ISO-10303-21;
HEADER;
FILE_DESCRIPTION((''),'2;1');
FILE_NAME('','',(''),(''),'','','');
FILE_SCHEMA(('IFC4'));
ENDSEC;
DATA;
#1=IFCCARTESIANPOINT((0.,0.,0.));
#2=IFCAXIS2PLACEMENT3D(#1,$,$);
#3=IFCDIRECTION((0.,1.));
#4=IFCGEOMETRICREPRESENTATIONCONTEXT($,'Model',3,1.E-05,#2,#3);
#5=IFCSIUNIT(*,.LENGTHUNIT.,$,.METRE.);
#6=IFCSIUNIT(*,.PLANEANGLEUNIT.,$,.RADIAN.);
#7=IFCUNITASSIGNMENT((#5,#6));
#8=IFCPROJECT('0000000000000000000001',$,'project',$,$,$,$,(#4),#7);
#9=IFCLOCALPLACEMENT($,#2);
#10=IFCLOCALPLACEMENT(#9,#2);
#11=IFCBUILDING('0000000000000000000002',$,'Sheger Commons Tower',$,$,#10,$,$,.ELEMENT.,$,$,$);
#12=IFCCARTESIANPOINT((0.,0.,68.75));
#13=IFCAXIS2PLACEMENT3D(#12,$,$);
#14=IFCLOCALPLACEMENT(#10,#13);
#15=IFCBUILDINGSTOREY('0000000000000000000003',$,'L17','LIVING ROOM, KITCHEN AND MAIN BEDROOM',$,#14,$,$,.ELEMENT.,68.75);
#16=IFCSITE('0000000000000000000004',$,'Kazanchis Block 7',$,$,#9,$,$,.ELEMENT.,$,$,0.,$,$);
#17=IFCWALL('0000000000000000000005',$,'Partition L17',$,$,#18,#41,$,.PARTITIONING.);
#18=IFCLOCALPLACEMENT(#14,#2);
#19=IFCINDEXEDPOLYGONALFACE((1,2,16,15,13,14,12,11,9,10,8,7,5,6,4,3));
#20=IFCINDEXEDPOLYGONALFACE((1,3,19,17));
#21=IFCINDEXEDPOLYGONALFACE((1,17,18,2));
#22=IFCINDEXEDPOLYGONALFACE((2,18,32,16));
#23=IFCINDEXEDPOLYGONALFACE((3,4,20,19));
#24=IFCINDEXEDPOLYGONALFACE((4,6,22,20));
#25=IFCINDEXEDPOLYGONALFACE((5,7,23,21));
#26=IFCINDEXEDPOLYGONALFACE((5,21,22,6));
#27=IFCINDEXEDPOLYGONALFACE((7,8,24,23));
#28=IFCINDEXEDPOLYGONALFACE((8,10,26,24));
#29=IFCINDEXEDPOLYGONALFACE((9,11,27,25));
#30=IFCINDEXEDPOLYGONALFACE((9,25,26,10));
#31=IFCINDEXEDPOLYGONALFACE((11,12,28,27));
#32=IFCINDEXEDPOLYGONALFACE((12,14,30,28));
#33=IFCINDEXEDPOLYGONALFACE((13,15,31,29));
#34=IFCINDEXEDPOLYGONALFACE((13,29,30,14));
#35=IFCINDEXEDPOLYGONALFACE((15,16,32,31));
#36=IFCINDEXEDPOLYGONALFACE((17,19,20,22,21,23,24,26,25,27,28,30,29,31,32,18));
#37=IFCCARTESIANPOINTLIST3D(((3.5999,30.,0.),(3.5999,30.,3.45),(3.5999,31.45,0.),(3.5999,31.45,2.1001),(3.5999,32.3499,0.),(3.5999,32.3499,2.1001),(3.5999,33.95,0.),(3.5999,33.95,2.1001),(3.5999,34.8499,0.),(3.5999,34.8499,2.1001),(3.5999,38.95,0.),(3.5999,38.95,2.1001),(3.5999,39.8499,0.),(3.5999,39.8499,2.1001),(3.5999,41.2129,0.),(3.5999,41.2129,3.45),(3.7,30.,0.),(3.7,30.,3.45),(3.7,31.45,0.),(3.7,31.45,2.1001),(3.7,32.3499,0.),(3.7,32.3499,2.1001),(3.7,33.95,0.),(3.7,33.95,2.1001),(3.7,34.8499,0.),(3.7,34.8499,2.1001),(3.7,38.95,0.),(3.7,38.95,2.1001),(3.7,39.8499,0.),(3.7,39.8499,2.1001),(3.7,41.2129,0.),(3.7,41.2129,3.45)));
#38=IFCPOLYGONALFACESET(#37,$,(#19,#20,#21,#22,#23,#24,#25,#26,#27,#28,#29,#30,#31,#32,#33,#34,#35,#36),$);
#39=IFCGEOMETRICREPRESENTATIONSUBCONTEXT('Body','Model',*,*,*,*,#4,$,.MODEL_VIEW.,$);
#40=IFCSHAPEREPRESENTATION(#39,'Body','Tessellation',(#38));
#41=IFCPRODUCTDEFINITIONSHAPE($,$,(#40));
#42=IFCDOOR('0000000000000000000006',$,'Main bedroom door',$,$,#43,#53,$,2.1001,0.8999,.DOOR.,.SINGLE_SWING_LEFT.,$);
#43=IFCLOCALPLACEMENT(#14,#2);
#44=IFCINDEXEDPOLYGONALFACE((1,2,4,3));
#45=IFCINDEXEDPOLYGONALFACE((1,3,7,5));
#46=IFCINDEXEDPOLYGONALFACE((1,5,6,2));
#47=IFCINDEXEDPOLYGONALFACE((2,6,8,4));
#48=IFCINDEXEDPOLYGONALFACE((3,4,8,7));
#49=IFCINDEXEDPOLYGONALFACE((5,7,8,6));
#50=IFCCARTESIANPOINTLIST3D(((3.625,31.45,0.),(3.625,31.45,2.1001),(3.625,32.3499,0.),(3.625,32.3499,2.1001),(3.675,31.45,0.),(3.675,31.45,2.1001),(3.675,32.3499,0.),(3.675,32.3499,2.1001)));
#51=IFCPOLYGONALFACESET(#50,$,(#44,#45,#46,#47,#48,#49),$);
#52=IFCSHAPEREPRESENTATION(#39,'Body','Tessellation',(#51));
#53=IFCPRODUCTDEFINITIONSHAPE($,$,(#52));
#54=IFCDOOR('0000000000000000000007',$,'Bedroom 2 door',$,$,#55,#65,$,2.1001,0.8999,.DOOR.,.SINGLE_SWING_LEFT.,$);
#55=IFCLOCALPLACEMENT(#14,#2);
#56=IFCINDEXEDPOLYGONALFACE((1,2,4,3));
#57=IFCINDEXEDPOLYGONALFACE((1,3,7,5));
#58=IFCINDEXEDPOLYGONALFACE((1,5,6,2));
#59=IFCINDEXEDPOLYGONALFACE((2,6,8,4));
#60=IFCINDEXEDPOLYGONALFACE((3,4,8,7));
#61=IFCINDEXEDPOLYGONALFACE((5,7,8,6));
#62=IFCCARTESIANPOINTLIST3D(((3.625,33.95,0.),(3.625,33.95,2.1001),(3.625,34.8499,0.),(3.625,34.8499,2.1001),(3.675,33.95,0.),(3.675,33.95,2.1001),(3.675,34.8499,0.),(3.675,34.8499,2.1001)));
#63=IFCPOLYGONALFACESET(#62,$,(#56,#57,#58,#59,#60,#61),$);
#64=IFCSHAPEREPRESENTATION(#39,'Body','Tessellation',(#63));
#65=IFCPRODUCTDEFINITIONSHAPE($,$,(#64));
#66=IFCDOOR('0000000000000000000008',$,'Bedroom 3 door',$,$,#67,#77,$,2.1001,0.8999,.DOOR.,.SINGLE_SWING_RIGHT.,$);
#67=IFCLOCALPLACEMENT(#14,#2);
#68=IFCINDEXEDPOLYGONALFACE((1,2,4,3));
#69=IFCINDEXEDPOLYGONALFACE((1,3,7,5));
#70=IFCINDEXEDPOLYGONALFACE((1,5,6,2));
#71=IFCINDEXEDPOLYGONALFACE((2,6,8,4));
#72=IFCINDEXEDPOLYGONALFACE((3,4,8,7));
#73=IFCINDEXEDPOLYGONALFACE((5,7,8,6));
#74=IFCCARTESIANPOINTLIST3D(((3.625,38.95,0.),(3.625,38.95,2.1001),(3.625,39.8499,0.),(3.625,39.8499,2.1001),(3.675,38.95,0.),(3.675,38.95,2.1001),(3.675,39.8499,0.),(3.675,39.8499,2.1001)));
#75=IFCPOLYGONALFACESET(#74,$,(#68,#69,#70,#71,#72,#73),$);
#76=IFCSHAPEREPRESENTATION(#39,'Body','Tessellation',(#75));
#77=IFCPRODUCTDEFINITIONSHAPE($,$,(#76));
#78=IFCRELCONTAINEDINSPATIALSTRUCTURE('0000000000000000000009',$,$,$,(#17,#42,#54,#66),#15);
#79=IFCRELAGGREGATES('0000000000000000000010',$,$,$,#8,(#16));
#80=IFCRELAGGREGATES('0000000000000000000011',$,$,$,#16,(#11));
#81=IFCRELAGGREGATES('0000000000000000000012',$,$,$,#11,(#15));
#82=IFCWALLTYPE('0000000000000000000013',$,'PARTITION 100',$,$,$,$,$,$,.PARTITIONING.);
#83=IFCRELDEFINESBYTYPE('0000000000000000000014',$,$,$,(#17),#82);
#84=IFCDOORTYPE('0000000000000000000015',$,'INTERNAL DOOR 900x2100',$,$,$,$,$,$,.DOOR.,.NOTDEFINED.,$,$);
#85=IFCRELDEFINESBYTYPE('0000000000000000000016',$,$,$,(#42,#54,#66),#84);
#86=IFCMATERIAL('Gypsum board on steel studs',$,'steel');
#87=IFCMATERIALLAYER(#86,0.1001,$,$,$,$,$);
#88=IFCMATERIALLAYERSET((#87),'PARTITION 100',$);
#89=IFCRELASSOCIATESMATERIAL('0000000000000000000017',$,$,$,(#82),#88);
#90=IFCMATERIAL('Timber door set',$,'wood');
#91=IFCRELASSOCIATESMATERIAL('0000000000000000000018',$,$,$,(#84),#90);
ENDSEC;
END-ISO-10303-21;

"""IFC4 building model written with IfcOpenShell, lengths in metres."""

from ifc_helpers import new_model, si_unit, direction, frame, frame_2d, origin, place, context, subcontext, project, spatial, rectangle, extrude, material, layer, layer_set, type_object, element, fill, save


model = new_model("IFC4")

# Units and contexts
model_context = context("Model", 3, precision=1e-05, world=origin(), true_north=direction((0.0, 1.0)))
body_context = subcontext(model_context, "Body", "Model", "MODEL_VIEW")
ifc_project = project(units=[si_unit("LENGTHUNIT", "METRE"), si_unit("PLANEANGLEUNIT", "RADIAN")], contexts=[model_context])

# Site, building, storey
site_placement = place(None, origin())
site = spatial("IfcSite", under=ifc_project, at=site_placement, Name="Kazanchis Block 7", CompositionType="ELEMENT", RefElevation=0.0)
building_placement = place(site_placement, origin())
building = spatial("IfcBuilding", under=site, at=building_placement, Name="Sheger Commons Tower", CompositionType="ELEMENT")
storey_placement = place(building_placement, frame((0.0, 0.0, 68.75)))
storey = spatial("IfcBuildingStorey", under=building, at=storey_placement, Name="L17", Description="LIVING ROOM, KITCHEN AND MAIN BEDROOM", CompositionType="ELEMENT", Elevation=68.75)

# Shared definitions
ifc_material_1 = material(Name="Gypsum board on steel studs", Category="steel")
ifc_layer_1 = layer(ifc_material_1, 0.1001)
ifc_layer_set_1 = layer_set([ifc_layer_1], Name="PARTITION 100")
wall_type_1 = type_object("IfcWallType", Name="PARTITION 100", PredefinedType="PARTITIONING", material=ifc_layer_set_1)
ifc_material_2 = material(Name="Timber door set", Category="wood")
door_type = type_object("IfcDoorType", Name="INTERNAL DOOR 900x2100", OperationType="NOTDEFINED", PredefinedType="DOOR", material=ifc_material_2)

# Wall, openings, doors
wall_1_placement = place(storey_placement, frame((3.6499, 30.0, 0.0), z_axis=(0.0, 0.0, 1.0), x_axis=(0.0, 1.0, 0.0)))
wall_1 = element("IfcWall", 1, at=wall_1_placement, inside=storey, type_object=wall_type_1, Name="Partition L17", PredefinedType="PARTITIONING", context=body_context, shape_type="SweptSolid", body=[
    extrude(rectangle(XDim=11.2129, YDim=0.1001, at=frame_2d((5.6064, 0.0))), origin(), (0.0, 0.0, 1.0), 3.45),
])
opening_1_placement = place(wall_1_placement, frame((1.45, 0.0, 0.0)))
opening_1 = element("IfcOpeningElement", 2, at=opening_1_placement, cuts=wall_1, PredefinedType="OPENING", context=body_context, shape_type="SweptSolid", body=[
    extrude(rectangle(XDim=0.8999, YDim=2.1001, at=frame_2d((0.45, 1.05))), frame((0.0, 0.0601, 0.0), z_axis=(0.0, -1.0, 0.0), x_axis=(1.0, 0.0, 0.0)), (0.0, 0.0, 1.0), 0.1201),
])
opening_2_placement = place(wall_1_placement, frame((3.95, 0.0, 0.0)))
opening_2 = element("IfcOpeningElement", 3, at=opening_2_placement, cuts=wall_1, PredefinedType="OPENING", context=body_context, shape_type="SweptSolid", body=[
    extrude(rectangle(XDim=0.8999, YDim=2.1001, at=frame_2d((0.45, 1.05))), frame((0.0, 0.0601, 0.0), z_axis=(0.0, -1.0, 0.0), x_axis=(1.0, 0.0, 0.0)), (0.0, 0.0, 1.0), 0.1201),
])
opening_3_placement = place(wall_1_placement, frame((8.95, 0.0, 0.0)))
opening_3 = element("IfcOpeningElement", 4, at=opening_3_placement, cuts=wall_1, PredefinedType="OPENING", context=body_context, shape_type="SweptSolid", body=[
    extrude(rectangle(XDim=0.8999, YDim=2.1001, at=frame_2d((0.45, 1.05))), frame((0.0, 0.0601, 0.0), z_axis=(0.0, -1.0, 0.0), x_axis=(1.0, 0.0, 0.0)), (0.0, 0.0, 1.0), 0.1201),
])
door_1_placement = place(opening_1_placement, origin())
door_1 = element("IfcDoor", 5, at=door_1_placement, inside=storey, type_object=door_type, Name="Main bedroom door", OperationType="SINGLE_SWING_LEFT", OverallHeight=2.1001, OverallWidth=0.8999, PredefinedType="DOOR", context=body_context, shape_type="SweptSolid", body=[
    extrude(rectangle(XDim=0.8999, YDim=2.1001, at=frame_2d((0.45, 1.05))), frame((0.0, 0.0249, 0.0), z_axis=(0.0, -1.0, 0.0), x_axis=(1.0, 0.0, 0.0)), (0.0, 0.0, 1.0), 0.05),
])
fill(opening_1, door_1)
door_2_placement = place(opening_2_placement, origin())
door_2 = element("IfcDoor", 6, at=door_2_placement, inside=storey, type_object=door_type, Name="Bedroom 2 door", OperationType="SINGLE_SWING_LEFT", OverallHeight=2.1001, OverallWidth=0.8999, PredefinedType="DOOR", context=body_context, shape_type="SweptSolid", body=[
    extrude(rectangle(XDim=0.8999, YDim=2.1001, at=frame_2d((0.45, 1.05))), frame((0.0, 0.0249, 0.0), z_axis=(0.0, -1.0, 0.0), x_axis=(1.0, 0.0, 0.0)), (0.0, 0.0, 1.0), 0.05),
])
fill(opening_2, door_2)
door_3_placement = place(opening_3_placement, origin())
door_3 = element("IfcDoor", 7, at=door_3_placement, inside=storey, type_object=door_type, Name="Bedroom 3 door", OperationType="SINGLE_SWING_RIGHT", OverallHeight=2.1001, OverallWidth=0.8999, PredefinedType="DOOR", context=body_context, shape_type="SweptSolid", body=[
    extrude(rectangle(XDim=0.8999, YDim=2.1001, at=frame_2d((0.45, 1.05))), frame((0.0, 0.0249, 0.0), z_axis=(0.0, -1.0, 0.0), x_axis=(1.0, 0.0, 0.0)), (0.0, 0.0, 1.0), 0.05),
])
fill(opening_3, door_3)

save(model, "model.ifc")
